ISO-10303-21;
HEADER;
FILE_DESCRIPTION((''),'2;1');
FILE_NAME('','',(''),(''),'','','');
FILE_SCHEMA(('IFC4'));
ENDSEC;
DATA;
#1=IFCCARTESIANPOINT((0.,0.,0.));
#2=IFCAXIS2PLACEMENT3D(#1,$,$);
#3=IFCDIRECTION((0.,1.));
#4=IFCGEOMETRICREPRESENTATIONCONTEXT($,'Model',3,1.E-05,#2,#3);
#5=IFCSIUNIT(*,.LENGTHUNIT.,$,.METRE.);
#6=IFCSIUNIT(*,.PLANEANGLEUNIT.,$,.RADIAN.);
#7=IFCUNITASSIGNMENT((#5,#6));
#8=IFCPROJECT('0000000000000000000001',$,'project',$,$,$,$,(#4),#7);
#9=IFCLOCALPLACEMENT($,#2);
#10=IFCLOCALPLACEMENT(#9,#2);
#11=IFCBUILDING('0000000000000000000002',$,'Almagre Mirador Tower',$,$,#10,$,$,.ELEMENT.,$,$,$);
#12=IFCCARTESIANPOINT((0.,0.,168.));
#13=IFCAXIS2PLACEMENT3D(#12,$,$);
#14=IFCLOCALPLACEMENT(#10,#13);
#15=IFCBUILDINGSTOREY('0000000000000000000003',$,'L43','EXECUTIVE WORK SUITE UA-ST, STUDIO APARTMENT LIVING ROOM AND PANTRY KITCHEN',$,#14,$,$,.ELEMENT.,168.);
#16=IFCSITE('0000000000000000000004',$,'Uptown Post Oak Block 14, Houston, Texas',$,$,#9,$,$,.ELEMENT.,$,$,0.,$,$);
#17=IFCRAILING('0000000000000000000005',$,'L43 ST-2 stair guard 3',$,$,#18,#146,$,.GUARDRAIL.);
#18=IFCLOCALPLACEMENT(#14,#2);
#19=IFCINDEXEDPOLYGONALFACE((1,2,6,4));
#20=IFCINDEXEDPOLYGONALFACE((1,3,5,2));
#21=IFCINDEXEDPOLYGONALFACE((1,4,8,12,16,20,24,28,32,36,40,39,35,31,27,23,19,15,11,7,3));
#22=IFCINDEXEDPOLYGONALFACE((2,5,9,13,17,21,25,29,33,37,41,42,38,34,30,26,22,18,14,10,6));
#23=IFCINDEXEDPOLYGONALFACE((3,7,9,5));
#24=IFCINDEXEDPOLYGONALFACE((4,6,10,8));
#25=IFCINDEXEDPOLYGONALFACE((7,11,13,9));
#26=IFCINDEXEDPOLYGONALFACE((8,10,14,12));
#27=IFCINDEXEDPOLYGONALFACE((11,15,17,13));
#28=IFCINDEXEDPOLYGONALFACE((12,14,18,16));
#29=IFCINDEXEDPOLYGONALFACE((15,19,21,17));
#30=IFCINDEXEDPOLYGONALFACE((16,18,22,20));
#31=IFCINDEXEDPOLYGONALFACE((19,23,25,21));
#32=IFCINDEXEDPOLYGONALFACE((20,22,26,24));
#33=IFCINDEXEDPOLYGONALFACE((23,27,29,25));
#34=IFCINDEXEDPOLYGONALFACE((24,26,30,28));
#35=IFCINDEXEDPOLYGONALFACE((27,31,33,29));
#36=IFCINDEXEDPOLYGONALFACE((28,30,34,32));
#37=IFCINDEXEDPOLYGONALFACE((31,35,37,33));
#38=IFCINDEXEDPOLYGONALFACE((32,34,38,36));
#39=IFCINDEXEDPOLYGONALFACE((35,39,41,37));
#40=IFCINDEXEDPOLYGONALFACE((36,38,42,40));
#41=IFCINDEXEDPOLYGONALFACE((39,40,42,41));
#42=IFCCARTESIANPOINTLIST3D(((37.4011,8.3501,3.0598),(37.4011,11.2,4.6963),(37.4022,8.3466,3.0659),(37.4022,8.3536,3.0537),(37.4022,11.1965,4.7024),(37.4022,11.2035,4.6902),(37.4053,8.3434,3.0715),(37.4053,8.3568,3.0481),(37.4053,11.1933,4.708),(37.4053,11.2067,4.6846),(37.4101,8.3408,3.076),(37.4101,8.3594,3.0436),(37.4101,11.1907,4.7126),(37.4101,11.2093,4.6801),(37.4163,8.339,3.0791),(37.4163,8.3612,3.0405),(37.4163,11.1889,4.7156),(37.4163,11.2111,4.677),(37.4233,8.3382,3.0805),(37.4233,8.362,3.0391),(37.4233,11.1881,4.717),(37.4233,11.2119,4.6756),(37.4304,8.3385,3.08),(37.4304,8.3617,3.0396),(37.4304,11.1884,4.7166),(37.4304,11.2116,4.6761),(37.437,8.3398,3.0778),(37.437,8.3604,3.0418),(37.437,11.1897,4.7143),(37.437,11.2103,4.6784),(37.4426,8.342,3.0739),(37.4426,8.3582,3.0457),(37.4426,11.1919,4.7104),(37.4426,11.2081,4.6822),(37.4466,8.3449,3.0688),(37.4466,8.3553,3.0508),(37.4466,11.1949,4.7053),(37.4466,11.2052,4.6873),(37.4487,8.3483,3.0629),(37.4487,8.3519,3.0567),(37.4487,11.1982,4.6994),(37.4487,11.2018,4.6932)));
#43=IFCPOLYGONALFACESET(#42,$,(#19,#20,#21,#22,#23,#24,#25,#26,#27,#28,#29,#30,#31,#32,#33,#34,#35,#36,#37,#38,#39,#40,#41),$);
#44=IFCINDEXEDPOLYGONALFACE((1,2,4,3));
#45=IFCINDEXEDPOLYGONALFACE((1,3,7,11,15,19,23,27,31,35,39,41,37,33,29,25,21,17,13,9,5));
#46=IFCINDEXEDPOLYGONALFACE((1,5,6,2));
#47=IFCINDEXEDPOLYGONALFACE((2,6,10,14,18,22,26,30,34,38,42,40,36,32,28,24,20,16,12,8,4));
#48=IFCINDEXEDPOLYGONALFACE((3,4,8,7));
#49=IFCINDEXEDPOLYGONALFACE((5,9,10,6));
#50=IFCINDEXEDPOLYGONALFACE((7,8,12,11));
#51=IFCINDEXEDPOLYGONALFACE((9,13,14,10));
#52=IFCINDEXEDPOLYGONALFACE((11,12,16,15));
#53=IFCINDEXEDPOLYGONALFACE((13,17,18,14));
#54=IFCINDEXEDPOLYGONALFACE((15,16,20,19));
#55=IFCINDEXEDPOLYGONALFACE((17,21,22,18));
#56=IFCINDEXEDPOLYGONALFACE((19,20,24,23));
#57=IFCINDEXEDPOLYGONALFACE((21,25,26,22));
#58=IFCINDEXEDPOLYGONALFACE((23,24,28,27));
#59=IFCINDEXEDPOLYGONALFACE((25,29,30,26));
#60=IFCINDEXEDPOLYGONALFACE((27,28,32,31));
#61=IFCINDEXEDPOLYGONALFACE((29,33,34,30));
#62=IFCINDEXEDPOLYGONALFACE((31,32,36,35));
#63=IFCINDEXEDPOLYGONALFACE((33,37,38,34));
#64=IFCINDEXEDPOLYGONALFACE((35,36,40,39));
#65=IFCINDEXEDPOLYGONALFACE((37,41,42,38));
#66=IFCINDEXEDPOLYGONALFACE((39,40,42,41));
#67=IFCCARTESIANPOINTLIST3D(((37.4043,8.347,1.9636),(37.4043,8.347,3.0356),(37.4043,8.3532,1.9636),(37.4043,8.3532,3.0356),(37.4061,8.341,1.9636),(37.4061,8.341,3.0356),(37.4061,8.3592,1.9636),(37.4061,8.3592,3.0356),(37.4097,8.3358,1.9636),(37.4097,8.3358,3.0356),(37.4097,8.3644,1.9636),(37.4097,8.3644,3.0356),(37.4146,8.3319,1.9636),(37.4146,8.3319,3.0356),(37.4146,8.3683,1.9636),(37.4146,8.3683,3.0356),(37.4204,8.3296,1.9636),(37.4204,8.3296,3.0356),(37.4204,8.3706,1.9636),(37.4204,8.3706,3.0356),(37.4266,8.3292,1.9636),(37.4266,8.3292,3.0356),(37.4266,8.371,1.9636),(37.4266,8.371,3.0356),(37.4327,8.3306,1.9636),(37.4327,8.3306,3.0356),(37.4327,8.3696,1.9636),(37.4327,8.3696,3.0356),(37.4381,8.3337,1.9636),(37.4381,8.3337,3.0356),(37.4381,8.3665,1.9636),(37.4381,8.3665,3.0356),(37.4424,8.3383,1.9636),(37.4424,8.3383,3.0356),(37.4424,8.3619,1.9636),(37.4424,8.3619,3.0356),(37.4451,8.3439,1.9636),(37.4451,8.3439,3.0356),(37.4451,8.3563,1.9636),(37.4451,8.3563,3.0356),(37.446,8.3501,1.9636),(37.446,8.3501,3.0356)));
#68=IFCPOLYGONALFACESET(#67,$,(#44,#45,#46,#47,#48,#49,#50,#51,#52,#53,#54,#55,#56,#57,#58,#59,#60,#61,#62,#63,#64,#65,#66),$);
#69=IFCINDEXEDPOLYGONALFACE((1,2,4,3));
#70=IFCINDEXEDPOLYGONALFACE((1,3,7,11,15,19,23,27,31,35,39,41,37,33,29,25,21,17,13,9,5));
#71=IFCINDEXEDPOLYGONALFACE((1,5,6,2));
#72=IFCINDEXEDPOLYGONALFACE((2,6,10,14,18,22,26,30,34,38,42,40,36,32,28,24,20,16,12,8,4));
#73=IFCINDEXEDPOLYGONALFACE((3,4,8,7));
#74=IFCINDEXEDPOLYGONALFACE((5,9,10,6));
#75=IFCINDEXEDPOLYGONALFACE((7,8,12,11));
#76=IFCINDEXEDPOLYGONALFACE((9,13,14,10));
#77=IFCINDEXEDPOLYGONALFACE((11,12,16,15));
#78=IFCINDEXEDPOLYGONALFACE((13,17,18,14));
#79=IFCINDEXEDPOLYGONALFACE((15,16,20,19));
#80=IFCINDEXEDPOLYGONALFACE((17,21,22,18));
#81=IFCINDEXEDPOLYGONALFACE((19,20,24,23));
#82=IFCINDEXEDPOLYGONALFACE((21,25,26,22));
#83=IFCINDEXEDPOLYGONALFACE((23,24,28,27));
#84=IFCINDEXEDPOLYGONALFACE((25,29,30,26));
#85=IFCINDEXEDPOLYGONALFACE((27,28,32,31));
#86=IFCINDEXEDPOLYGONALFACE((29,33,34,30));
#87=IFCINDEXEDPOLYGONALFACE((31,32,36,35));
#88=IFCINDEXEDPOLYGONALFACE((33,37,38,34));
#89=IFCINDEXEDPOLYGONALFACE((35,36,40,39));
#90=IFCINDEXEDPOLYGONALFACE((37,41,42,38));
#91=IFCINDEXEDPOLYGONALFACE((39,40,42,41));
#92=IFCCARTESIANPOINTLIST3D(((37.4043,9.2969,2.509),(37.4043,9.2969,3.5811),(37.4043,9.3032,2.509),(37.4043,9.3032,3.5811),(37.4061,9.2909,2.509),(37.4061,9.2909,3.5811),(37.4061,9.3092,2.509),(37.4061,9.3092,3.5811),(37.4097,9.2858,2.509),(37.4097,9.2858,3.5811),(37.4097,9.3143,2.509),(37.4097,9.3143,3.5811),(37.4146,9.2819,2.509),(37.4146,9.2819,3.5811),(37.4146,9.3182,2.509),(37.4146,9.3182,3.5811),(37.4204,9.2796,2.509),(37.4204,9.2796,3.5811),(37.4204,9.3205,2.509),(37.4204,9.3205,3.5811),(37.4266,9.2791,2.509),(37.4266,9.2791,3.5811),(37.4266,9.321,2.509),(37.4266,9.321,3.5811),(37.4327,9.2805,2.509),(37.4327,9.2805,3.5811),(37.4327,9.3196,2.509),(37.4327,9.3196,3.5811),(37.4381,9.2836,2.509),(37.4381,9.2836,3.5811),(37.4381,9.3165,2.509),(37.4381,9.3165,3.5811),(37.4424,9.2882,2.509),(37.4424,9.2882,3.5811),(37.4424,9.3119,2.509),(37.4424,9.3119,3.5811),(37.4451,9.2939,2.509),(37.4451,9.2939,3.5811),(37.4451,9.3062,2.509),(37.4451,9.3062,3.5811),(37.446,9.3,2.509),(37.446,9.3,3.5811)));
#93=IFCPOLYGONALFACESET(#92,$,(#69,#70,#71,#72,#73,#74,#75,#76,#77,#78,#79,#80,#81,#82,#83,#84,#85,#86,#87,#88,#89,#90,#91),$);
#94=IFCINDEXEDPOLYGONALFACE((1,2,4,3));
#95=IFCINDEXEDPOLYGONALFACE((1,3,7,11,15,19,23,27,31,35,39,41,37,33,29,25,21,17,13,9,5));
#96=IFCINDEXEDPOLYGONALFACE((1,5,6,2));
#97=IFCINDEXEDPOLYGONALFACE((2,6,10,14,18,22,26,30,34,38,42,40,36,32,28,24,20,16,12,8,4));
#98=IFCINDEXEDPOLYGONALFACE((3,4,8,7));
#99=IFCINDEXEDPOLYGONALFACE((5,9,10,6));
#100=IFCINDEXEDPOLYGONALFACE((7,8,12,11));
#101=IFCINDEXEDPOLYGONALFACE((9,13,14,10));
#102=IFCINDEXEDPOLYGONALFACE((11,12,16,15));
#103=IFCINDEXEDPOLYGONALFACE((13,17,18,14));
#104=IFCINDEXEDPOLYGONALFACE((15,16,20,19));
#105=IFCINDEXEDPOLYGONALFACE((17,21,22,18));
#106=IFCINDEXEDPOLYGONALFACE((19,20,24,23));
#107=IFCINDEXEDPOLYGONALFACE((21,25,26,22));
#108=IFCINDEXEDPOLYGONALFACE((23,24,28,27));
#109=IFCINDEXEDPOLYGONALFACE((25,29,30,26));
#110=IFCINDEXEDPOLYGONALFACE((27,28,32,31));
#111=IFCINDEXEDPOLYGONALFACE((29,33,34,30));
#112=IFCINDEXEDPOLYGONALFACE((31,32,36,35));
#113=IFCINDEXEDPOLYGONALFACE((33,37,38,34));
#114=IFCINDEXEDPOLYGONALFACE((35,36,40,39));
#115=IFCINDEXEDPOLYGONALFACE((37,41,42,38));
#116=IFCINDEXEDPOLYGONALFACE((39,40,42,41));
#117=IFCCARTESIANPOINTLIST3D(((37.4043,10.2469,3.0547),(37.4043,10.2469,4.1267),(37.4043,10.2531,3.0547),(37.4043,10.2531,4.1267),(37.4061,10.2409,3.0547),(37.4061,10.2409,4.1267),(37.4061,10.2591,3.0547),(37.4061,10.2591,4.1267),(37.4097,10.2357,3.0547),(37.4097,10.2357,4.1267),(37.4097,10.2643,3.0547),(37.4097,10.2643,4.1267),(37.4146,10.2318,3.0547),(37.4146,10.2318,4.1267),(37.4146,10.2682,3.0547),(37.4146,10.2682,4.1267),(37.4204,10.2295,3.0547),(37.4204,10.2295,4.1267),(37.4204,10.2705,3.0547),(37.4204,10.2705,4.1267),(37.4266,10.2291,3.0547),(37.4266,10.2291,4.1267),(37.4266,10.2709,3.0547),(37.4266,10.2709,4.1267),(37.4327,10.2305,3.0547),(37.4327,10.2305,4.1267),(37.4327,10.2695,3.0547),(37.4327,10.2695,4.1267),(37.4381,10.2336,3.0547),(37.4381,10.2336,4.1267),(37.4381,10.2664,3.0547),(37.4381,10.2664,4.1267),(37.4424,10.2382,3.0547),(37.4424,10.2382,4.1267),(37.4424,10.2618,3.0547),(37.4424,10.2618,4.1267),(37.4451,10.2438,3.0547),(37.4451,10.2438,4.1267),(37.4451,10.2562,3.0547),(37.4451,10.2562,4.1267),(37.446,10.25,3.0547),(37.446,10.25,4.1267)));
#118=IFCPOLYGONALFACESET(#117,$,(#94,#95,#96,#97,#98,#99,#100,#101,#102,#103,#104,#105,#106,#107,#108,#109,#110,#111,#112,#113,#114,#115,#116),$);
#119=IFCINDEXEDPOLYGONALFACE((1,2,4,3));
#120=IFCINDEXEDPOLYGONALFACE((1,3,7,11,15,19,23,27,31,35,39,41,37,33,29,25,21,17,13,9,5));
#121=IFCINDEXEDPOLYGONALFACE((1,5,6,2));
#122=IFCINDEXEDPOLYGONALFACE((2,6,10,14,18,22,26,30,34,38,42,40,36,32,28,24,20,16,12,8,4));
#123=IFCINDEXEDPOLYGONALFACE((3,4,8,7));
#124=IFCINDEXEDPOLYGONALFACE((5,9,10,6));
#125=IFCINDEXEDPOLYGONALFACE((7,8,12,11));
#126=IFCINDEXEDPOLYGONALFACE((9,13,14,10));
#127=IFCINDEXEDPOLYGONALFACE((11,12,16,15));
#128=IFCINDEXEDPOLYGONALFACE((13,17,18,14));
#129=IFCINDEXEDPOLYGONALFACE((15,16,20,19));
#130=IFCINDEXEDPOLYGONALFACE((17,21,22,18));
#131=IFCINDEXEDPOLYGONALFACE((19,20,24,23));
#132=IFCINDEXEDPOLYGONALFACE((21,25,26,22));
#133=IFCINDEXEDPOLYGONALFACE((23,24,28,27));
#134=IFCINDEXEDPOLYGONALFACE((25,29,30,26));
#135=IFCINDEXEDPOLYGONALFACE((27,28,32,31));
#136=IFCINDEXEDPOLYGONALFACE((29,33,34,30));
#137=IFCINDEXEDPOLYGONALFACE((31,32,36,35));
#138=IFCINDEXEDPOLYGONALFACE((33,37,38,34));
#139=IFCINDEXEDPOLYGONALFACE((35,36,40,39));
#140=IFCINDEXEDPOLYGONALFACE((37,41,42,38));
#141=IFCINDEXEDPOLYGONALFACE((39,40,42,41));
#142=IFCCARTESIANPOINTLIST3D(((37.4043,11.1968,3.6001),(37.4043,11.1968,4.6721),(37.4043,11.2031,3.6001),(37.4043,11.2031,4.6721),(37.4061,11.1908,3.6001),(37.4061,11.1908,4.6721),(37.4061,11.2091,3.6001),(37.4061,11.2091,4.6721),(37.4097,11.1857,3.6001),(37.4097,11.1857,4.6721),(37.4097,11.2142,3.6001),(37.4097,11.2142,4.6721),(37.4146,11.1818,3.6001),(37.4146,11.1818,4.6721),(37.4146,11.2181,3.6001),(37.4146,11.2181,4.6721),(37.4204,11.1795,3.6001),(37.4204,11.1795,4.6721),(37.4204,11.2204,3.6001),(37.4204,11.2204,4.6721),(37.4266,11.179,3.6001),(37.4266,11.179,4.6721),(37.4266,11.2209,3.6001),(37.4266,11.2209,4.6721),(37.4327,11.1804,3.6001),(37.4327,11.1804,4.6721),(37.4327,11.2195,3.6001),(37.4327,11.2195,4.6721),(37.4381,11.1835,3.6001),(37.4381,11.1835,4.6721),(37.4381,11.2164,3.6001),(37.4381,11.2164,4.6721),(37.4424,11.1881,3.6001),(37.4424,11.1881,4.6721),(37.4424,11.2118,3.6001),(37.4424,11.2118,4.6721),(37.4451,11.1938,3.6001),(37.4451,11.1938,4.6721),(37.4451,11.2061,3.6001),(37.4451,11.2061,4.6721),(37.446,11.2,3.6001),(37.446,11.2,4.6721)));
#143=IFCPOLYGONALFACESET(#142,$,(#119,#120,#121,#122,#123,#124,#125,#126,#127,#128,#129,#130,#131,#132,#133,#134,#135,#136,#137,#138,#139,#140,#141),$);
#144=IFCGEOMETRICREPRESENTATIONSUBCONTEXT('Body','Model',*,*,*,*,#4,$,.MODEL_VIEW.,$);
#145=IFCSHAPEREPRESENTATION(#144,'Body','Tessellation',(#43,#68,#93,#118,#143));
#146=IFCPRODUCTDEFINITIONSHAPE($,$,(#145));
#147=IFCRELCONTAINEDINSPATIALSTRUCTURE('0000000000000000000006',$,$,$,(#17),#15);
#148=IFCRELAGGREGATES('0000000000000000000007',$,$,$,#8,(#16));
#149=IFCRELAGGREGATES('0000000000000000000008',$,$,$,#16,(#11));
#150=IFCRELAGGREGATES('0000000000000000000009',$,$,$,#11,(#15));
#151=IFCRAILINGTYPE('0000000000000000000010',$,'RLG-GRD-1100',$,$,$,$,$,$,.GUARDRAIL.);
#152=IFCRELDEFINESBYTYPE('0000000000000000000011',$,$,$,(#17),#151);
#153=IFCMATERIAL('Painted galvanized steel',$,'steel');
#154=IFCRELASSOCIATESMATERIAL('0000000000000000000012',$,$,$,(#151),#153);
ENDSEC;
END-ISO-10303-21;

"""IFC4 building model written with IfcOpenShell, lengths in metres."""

from ifc_helpers import new_model, si_unit, direction, frame, origin, origin_2d, place, context, subcontext, project, spatial, circle, extrude, material, type_object, element, save


model = new_model("IFC4")

# Units and contexts
model_context = context("Model", 3, precision=1e-05, world=origin(), true_north=direction((0.0, 1.0)))
body_context = subcontext(model_context, "Body", "Model", "MODEL_VIEW")
ifc_project = project(units=[si_unit("LENGTHUNIT", "METRE"), si_unit("PLANEANGLEUNIT", "RADIAN")], contexts=[model_context])

# Site, building, storey
site_placement = place(None, origin())
site = spatial("IfcSite", under=ifc_project, at=site_placement, Name="Uptown Post Oak Block 14, Houston, Texas", CompositionType="ELEMENT", RefElevation=0.0)
building_placement = place(site_placement, origin())
building = spatial("IfcBuilding", under=site, at=building_placement, Name="Almagre Mirador Tower", CompositionType="ELEMENT")
storey_placement = place(building_placement, frame((0.0, 0.0, 168.0)))
storey = spatial("IfcBuildingStorey", under=building, at=storey_placement, Name="L43", Description="EXECUTIVE WORK SUITE UA-ST, STUDIO APARTMENT LIVING ROOM AND PANTRY KITCHEN", CompositionType="ELEMENT", Elevation=168.0)

# Railing
ifc_material_1 = material(Name="Painted galvanized steel", Category="steel")
railing_type_1 = type_object("IfcRailingType", Name="RLG-GRD-1100", PredefinedType="GUARDRAIL", material=ifc_material_1)
railing_1_placement = place(storey_placement, frame((37.425, 8.3501, 1.9636)))
element("IfcRailing", 1, at=railing_1_placement, inside=storey, type_object=railing_type_1, Name="L43 ST-2 stair guard 3", PredefinedType="GUARDRAIL", context=body_context, shape_type="SweptSolid", body=[
    extrude(circle(Radius=0.0239, at=origin_2d()), frame((0.0, 0.0, 1.0962), z_axis=(0.0, 0.867194, 0.49797), x_axis=(-1.0, 0.0, 0.0)), (0.0, 0.0, 1.0), 3.2864),
    extrude(circle(Radius=0.021, at=origin_2d()), origin(), (0.0, 0.0, 1.0), 1.072),
    extrude(circle(Radius=0.021, at=origin_2d()), frame((0.0, 0.95, 0.5454)), (0.0, 0.0, 1.0), 1.072),
    extrude(circle(Radius=0.021, at=origin_2d()), frame((0.0, 1.8999, 1.0911)), (0.0, 0.0, 1.0), 1.072),
    extrude(circle(Radius=0.021, at=origin_2d()), frame((0.0, 2.8499, 1.6365)), (0.0, 0.0, 1.0), 1.072),
])

save(model, "model.ifc")
